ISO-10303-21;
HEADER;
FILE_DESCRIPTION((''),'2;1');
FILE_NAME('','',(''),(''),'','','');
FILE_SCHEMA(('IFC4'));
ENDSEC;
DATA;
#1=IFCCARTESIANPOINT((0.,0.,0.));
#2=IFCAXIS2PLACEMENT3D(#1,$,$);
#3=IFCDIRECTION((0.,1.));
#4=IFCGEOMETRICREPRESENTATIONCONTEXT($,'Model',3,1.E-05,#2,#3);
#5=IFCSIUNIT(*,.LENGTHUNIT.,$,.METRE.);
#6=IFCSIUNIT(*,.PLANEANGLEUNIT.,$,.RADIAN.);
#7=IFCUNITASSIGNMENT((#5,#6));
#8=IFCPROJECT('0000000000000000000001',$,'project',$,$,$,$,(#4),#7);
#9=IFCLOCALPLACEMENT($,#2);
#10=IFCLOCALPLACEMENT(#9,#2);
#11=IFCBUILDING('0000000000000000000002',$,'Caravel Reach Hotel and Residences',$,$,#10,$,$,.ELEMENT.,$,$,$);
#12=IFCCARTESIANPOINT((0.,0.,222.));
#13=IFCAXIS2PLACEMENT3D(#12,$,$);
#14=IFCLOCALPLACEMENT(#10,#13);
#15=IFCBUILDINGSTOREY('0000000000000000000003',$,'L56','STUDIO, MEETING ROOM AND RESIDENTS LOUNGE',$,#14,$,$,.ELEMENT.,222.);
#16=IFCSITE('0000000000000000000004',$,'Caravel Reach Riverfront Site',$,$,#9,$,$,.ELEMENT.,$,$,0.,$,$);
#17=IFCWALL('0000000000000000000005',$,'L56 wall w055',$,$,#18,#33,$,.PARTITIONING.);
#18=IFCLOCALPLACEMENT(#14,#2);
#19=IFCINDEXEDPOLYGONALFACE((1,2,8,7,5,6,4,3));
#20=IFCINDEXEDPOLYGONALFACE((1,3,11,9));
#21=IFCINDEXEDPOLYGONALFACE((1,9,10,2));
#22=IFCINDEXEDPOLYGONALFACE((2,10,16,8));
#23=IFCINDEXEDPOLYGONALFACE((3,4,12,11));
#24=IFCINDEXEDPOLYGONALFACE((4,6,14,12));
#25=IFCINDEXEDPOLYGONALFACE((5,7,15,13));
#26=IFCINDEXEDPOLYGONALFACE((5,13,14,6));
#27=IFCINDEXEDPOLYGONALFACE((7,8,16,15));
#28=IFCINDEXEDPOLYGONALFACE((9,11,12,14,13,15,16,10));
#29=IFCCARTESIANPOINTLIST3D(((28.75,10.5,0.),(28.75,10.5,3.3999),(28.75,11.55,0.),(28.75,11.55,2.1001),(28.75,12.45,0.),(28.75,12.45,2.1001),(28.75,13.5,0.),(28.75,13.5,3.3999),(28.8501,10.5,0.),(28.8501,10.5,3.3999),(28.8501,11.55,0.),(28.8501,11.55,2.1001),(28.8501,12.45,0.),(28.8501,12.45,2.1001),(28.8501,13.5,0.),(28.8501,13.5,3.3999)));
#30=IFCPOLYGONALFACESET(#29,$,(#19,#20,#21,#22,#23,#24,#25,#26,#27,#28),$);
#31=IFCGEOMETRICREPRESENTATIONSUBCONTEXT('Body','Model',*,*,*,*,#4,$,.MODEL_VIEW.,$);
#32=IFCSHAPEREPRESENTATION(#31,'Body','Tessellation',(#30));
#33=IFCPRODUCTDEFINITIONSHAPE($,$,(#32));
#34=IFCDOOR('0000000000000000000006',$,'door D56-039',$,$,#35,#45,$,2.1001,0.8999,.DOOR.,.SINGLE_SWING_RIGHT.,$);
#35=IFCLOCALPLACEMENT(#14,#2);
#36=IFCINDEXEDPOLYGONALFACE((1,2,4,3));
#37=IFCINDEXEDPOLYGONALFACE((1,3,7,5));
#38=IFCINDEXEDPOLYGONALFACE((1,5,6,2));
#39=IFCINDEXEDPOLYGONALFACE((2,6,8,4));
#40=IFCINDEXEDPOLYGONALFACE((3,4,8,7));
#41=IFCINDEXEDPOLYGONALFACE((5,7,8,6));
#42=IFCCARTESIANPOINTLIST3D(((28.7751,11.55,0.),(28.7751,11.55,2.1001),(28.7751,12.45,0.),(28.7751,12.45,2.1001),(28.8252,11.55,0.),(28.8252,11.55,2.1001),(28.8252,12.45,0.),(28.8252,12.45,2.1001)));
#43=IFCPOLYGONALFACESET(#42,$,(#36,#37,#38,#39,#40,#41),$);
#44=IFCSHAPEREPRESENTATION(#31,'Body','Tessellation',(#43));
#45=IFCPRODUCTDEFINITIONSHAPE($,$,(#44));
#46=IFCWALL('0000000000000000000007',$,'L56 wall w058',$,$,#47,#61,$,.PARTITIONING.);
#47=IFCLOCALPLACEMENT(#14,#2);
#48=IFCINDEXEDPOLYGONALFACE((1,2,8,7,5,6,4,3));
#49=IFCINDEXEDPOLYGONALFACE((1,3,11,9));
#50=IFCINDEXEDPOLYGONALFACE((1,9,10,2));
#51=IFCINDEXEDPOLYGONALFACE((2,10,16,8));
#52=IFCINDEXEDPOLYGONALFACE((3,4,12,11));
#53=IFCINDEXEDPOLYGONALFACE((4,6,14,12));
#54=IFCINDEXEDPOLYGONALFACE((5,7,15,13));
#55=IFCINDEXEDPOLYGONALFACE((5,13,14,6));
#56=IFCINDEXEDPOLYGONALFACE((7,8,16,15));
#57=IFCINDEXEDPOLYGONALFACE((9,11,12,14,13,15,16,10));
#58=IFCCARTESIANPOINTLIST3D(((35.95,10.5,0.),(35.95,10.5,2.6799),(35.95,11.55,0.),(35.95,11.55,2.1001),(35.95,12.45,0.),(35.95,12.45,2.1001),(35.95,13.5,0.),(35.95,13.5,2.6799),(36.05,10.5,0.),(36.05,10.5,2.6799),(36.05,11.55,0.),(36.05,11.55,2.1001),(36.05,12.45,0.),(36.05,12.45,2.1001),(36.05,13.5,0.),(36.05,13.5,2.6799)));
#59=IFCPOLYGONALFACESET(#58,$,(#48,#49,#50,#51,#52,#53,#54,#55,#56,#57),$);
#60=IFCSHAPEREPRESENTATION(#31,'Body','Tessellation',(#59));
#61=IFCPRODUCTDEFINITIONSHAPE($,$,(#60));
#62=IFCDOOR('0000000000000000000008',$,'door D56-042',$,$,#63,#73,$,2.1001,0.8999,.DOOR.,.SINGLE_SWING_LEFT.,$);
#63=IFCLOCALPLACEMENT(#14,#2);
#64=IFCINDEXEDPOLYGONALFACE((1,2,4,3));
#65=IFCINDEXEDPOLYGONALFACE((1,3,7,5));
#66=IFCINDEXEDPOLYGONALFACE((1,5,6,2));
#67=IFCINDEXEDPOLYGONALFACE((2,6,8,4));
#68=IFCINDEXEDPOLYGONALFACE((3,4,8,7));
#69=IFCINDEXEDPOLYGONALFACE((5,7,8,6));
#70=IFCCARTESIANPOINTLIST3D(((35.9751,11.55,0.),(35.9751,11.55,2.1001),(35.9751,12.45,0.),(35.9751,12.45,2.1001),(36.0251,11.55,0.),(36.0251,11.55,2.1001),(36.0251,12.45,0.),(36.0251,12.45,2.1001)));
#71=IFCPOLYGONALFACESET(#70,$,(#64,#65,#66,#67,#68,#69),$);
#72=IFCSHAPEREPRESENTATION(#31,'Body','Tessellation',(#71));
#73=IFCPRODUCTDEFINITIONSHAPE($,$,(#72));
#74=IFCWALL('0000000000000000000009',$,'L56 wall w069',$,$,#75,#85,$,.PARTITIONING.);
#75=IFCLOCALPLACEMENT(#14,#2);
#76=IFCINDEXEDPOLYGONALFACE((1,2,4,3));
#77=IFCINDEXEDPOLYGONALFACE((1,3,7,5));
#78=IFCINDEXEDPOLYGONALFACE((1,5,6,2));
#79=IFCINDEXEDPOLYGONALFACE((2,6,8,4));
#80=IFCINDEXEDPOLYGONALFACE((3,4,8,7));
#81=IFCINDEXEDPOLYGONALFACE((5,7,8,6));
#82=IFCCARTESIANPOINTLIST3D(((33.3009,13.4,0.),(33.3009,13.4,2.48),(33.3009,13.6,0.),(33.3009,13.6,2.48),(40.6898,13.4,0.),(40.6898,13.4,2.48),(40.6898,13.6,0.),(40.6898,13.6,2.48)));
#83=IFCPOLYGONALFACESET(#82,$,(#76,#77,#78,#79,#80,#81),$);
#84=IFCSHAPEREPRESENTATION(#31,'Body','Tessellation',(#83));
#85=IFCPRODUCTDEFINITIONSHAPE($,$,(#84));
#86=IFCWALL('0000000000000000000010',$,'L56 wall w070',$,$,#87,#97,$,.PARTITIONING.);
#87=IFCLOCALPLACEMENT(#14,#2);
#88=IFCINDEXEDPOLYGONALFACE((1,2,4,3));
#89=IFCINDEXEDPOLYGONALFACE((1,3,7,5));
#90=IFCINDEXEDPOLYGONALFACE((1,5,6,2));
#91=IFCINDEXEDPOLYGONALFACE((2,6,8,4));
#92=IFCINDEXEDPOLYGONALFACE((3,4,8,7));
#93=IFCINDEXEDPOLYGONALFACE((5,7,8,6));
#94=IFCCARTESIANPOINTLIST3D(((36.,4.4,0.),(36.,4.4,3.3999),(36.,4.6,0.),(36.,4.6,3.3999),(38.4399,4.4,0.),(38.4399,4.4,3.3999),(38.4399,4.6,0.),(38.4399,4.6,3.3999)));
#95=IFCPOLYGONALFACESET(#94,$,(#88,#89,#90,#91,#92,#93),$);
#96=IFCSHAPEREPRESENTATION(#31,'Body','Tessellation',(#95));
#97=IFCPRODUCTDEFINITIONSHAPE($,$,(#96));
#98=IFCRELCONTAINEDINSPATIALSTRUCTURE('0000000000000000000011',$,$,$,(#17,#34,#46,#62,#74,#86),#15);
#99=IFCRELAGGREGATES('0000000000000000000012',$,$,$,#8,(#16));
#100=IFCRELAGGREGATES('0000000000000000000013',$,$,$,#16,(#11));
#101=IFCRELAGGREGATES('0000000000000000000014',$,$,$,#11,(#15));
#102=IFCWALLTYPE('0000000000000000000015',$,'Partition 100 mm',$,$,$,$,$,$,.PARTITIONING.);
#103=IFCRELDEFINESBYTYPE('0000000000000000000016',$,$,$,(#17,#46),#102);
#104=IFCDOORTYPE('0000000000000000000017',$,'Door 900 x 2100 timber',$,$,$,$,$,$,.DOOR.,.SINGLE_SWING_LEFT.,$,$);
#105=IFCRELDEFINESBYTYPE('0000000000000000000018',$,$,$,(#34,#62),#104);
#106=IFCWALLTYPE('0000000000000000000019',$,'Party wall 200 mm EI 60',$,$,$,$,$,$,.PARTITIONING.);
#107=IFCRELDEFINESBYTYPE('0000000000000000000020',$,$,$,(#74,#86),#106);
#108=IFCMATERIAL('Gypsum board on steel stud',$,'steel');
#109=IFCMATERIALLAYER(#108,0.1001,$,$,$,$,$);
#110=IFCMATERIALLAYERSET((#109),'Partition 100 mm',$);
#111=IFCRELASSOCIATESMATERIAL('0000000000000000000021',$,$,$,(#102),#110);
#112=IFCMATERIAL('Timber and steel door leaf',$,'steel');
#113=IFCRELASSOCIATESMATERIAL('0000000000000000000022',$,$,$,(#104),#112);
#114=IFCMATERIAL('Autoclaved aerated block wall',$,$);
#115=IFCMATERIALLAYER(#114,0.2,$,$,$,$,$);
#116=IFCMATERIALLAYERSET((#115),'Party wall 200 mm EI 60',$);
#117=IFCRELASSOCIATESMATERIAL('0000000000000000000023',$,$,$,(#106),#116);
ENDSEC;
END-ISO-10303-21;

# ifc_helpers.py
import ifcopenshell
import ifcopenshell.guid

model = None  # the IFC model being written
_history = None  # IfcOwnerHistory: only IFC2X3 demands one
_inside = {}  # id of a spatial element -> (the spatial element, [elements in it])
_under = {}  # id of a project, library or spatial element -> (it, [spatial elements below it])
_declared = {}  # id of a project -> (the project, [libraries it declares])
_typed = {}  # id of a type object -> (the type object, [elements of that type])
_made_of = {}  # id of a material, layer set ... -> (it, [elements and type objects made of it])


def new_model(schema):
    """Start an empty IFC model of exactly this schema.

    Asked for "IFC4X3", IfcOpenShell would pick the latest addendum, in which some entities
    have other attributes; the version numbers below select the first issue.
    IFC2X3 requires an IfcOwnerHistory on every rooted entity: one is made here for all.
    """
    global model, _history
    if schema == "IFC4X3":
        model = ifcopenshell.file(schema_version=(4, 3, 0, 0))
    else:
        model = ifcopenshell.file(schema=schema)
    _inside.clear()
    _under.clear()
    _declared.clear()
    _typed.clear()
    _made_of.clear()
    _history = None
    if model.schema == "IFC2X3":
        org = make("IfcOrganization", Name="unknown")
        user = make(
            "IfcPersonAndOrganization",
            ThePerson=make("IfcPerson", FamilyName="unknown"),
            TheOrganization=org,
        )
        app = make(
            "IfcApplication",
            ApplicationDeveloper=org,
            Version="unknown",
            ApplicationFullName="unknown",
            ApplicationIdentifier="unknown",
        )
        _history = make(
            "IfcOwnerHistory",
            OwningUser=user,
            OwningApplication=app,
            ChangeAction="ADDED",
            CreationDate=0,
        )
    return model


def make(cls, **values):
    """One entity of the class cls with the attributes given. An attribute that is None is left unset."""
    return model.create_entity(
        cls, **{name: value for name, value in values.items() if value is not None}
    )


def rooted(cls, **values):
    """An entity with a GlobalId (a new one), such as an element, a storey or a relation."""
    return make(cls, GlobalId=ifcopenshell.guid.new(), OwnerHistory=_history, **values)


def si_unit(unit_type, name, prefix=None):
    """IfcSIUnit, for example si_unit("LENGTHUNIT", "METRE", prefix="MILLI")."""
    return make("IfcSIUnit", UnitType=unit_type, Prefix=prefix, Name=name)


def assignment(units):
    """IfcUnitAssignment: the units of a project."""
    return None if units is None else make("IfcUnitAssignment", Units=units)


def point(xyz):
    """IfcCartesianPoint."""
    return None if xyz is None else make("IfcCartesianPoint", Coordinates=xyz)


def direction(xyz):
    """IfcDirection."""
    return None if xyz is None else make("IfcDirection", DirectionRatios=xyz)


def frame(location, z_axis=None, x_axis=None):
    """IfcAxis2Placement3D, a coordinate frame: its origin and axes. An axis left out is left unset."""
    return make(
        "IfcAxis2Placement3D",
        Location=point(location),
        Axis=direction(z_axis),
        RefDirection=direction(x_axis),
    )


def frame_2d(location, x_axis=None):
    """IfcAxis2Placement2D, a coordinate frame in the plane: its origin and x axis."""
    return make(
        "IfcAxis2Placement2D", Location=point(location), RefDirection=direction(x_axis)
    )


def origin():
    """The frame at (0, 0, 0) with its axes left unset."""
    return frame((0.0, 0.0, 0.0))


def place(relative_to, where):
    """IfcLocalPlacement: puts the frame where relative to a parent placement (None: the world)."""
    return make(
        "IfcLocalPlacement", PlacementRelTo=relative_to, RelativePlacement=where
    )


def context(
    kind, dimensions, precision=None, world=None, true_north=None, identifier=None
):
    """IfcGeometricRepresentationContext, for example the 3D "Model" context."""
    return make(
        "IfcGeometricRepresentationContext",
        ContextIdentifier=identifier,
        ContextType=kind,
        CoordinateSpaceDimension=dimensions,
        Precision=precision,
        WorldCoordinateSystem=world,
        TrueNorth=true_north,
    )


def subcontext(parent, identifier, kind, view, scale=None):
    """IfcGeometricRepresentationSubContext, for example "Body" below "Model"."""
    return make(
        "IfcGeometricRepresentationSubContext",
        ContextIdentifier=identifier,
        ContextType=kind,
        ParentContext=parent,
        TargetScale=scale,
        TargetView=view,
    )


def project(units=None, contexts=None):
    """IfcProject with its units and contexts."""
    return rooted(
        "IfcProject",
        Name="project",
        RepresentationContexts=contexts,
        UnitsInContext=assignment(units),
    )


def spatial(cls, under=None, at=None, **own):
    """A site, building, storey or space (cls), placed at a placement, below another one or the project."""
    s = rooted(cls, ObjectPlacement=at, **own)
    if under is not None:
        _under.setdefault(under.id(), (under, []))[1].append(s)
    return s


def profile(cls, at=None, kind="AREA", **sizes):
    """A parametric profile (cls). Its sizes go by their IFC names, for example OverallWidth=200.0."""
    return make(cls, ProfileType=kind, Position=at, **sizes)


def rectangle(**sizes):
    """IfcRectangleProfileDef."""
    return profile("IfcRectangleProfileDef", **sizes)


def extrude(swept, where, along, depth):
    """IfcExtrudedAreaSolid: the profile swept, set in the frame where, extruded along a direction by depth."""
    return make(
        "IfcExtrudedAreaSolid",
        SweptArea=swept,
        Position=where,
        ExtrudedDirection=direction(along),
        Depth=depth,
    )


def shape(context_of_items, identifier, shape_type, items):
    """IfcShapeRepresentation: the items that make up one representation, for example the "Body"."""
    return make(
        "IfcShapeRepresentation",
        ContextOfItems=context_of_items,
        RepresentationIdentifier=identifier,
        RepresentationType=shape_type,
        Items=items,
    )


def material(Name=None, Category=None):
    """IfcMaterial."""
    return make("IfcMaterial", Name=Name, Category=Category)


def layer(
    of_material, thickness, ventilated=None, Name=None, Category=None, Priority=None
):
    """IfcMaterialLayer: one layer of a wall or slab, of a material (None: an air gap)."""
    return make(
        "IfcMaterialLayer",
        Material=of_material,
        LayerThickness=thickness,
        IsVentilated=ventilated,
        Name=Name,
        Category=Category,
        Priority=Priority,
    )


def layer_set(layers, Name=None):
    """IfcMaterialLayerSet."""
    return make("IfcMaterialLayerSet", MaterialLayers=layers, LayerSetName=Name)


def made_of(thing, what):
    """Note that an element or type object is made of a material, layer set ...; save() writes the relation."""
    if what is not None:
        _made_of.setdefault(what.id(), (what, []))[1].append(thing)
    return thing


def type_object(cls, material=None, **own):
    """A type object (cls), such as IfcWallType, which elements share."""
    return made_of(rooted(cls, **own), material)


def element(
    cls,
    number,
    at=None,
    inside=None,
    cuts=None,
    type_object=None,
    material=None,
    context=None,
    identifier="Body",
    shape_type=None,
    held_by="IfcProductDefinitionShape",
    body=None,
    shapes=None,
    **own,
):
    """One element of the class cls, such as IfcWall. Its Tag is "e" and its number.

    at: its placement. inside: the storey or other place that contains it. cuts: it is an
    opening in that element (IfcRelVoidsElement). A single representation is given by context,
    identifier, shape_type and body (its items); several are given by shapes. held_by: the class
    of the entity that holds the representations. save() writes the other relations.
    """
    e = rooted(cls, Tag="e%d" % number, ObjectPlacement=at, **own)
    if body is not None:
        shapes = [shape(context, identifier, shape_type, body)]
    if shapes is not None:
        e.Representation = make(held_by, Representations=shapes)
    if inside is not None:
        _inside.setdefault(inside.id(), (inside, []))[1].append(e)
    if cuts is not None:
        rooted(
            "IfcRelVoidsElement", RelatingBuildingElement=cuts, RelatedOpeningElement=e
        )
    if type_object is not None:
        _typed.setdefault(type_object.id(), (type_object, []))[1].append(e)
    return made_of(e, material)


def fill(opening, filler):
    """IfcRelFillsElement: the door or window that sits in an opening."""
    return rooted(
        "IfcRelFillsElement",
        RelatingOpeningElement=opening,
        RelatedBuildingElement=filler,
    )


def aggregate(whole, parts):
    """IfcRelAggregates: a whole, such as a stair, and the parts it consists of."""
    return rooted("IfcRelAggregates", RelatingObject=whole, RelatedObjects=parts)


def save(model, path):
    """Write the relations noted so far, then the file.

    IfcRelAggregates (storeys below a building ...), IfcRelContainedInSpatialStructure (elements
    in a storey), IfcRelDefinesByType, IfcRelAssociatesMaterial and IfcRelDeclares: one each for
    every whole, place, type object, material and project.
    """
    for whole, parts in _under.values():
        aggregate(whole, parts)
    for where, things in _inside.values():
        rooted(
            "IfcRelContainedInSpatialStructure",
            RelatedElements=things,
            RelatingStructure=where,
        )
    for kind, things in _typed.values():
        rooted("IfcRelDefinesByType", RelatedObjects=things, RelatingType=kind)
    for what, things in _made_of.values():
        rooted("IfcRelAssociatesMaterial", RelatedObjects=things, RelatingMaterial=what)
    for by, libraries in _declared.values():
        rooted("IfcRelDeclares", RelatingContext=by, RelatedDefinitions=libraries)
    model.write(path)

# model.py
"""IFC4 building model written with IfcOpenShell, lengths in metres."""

from ifc_helpers import new_model, si_unit, direction, frame, frame_2d, origin, place, context, subcontext, project, spatial, rectangle, extrude, material, layer, layer_set, type_object, element, fill, save


model = new_model("IFC4")

# Units and contexts
model_context = context("Model", 3, precision=1e-05, world=origin(), true_north=direction((0.0, 1.0)))
body_context = subcontext(model_context, "Body", "Model", "MODEL_VIEW")
ifc_project = project(units=[si_unit("LENGTHUNIT", "METRE"), si_unit("PLANEANGLEUNIT", "RADIAN")], contexts=[model_context])

# Site, building, storey
site_placement = place(None, origin())
site = spatial("IfcSite", under=ifc_project, at=site_placement, Name="Caravel Reach Riverfront Site", CompositionType="ELEMENT", RefElevation=0.0)
building_placement = place(site_placement, origin())
building = spatial("IfcBuilding", under=site, at=building_placement, Name="Caravel Reach Hotel and Residences", CompositionType="ELEMENT")
storey_placement = place(building_placement, frame((0.0, 0.0, 222.0)))
storey = spatial("IfcBuildingStorey", under=building, at=storey_placement, Name="L56", Description="STUDIO, MEETING ROOM AND RESIDENTS LOUNGE", CompositionType="ELEMENT", Elevation=222.0)

# Shared definitions
ifc_material_1 = material(Name="Gypsum board on steel stud", Category="steel")
ifc_layer_1 = layer(ifc_material_1, 0.1001)
ifc_layer_set_1 = layer_set([ifc_layer_1], Name="Partition 100 mm")
wall_type_1 = type_object("IfcWallType", Name="Partition 100 mm", PredefinedType="PARTITIONING", material=ifc_layer_set_1)

# Walls, openings, doors
wall_1_placement = place(storey_placement, frame((28.8, 10.5, 0.0), z_axis=(0.0, 0.0, 1.0), x_axis=(0.0, 1.0, 0.0)))
wall_1 = element("IfcWall", 1, at=wall_1_placement, inside=storey, type_object=wall_type_1, Name="L56 wall w055", PredefinedType="PARTITIONING", context=body_context, shape_type="SweptSolid", body=[
    extrude(rectangle(XDim=3.0, YDim=0.1001, at=frame_2d((1.5, 0.0))), origin(), (0.0, 0.0, 1.0), 3.3999),
])
opening_1_placement = place(wall_1_placement, frame((1.05, 0.0, 0.0)))
opening_1 = element("IfcOpeningElement", 2, at=opening_1_placement, cuts=wall_1, PredefinedType="OPENING", context=body_context, shape_type="SweptSolid", body=[
    extrude(rectangle(XDim=0.8999, YDim=2.1001, at=frame_2d((0.45, 1.05))), frame((0.0, 0.0601, 0.0), z_axis=(0.0, -1.0, 0.0), x_axis=(1.0, 0.0, 0.0)), (0.0, 0.0, 1.0), 0.1201),
])
ifc_material_2 = material(Name="Timber and steel door leaf", Category="steel")
door_type_1 = type_object("IfcDoorType", Name="Door 900 x 2100 timber", OperationType="SINGLE_SWING_LEFT", PredefinedType="DOOR", material=ifc_material_2)
door_1_placement = place(opening_1_placement, origin())
door_1 = element("IfcDoor", 3, at=door_1_placement, inside=storey, type_object=door_type_1, Name="door D56-039", OperationType="SINGLE_SWING_RIGHT", OverallHeight=2.1001, OverallWidth=0.8999, PredefinedType="DOOR", context=body_context, shape_type="SweptSolid", body=[
    extrude(rectangle(XDim=0.8999, YDim=2.1001, at=frame_2d((0.45, 1.05))), frame((0.0, 0.0249, 0.0), z_axis=(0.0, -1.0, 0.0), x_axis=(1.0, 0.0, 0.0)), (0.0, 0.0, 1.0), 0.05),
])
fill(opening_1, door_1)
wall_2_placement = place(storey_placement, frame((36.0, 10.5, 0.0), z_axis=(0.0, 0.0, 1.0), x_axis=(0.0, 1.0, 0.0)))
wall_2 = element("IfcWall", 4, at=wall_2_placement, inside=storey, type_object=wall_type_1, Name="L56 wall w058", PredefinedType="PARTITIONING", context=body_context, shape_type="SweptSolid", body=[
    extrude(rectangle(XDim=3.0, YDim=0.1001, at=frame_2d((1.5, 0.0))), origin(), (0.0, 0.0, 1.0), 2.6799),
])
opening_2_placement = place(wall_2_placement, frame((1.05, 0.0, 0.0)))
opening_2 = element("IfcOpeningElement", 5, at=opening_2_placement, cuts=wall_2, PredefinedType="OPENING", context=body_context, shape_type="SweptSolid", body=[
    extrude(rectangle(XDim=0.8999, YDim=2.1001, at=frame_2d((0.45, 1.05))), frame((0.0, 0.0601, 0.0), z_axis=(0.0, -1.0, 0.0), x_axis=(1.0, 0.0, 0.0)), (0.0, 0.0, 1.0), 0.1201),
])
door_2_placement = place(opening_2_placement, origin())
door_2 = element("IfcDoor", 6, at=door_2_placement, inside=storey, type_object=door_type_1, Name="door D56-042", OperationType="SINGLE_SWING_LEFT", OverallHeight=2.1001, OverallWidth=0.8999, PredefinedType="DOOR", context=body_context, shape_type="SweptSolid", body=[
    extrude(rectangle(XDim=0.8999, YDim=2.1001, at=frame_2d((0.45, 1.05))), frame((0.0, 0.0249, 0.0), z_axis=(0.0, -1.0, 0.0), x_axis=(1.0, 0.0, 0.0)), (0.0, 0.0, 1.0), 0.05),
])
fill(opening_2, door_2)

# Walls
ifc_material_3 = material(Name="Autoclaved aerated block wall")
ifc_layer_2 = layer(ifc_material_3, 0.2)
ifc_layer_set_2 = layer_set([ifc_layer_2], Name="Party wall 200 mm EI 60")
wall_type_2 = type_object("IfcWallType", Name="Party wall 200 mm EI 60", PredefinedType="PARTITIONING", material=ifc_layer_set_2)
wall_3_placement = place(storey_placement, frame((33.301, 13.5, 0.0), z_axis=(0.0, 0.0, 1.0), x_axis=(1.0, 0.0, 0.0)))
element("IfcWall", 7, at=wall_3_placement, inside=storey, type_object=wall_type_2, Name="L56 wall w069", PredefinedType="PARTITIONING", context=body_context, shape_type="SweptSolid", body=[
    extrude(rectangle(XDim=7.3889, YDim=0.2, at=frame_2d((3.6943, 0.0))), origin(), (0.0, 0.0, 1.0), 2.48),
])
wall_4_placement = place(storey_placement, frame((36.0, 4.5, 0.0), z_axis=(0.0, 0.0, 1.0), x_axis=(1.0, 0.0, 0.0)))
element("IfcWall", 8, at=wall_4_placement, inside=storey, type_object=wall_type_2, Name="L56 wall w070", PredefinedType="PARTITIONING", context=body_context, shape_type="SweptSolid", body=[
    extrude(rectangle(XDim=2.4399, YDim=0.2, at=frame_2d((1.22, 0.0))), origin(), (0.0, 0.0, 1.0), 3.3999),
])

save(model, "model.ifc")
